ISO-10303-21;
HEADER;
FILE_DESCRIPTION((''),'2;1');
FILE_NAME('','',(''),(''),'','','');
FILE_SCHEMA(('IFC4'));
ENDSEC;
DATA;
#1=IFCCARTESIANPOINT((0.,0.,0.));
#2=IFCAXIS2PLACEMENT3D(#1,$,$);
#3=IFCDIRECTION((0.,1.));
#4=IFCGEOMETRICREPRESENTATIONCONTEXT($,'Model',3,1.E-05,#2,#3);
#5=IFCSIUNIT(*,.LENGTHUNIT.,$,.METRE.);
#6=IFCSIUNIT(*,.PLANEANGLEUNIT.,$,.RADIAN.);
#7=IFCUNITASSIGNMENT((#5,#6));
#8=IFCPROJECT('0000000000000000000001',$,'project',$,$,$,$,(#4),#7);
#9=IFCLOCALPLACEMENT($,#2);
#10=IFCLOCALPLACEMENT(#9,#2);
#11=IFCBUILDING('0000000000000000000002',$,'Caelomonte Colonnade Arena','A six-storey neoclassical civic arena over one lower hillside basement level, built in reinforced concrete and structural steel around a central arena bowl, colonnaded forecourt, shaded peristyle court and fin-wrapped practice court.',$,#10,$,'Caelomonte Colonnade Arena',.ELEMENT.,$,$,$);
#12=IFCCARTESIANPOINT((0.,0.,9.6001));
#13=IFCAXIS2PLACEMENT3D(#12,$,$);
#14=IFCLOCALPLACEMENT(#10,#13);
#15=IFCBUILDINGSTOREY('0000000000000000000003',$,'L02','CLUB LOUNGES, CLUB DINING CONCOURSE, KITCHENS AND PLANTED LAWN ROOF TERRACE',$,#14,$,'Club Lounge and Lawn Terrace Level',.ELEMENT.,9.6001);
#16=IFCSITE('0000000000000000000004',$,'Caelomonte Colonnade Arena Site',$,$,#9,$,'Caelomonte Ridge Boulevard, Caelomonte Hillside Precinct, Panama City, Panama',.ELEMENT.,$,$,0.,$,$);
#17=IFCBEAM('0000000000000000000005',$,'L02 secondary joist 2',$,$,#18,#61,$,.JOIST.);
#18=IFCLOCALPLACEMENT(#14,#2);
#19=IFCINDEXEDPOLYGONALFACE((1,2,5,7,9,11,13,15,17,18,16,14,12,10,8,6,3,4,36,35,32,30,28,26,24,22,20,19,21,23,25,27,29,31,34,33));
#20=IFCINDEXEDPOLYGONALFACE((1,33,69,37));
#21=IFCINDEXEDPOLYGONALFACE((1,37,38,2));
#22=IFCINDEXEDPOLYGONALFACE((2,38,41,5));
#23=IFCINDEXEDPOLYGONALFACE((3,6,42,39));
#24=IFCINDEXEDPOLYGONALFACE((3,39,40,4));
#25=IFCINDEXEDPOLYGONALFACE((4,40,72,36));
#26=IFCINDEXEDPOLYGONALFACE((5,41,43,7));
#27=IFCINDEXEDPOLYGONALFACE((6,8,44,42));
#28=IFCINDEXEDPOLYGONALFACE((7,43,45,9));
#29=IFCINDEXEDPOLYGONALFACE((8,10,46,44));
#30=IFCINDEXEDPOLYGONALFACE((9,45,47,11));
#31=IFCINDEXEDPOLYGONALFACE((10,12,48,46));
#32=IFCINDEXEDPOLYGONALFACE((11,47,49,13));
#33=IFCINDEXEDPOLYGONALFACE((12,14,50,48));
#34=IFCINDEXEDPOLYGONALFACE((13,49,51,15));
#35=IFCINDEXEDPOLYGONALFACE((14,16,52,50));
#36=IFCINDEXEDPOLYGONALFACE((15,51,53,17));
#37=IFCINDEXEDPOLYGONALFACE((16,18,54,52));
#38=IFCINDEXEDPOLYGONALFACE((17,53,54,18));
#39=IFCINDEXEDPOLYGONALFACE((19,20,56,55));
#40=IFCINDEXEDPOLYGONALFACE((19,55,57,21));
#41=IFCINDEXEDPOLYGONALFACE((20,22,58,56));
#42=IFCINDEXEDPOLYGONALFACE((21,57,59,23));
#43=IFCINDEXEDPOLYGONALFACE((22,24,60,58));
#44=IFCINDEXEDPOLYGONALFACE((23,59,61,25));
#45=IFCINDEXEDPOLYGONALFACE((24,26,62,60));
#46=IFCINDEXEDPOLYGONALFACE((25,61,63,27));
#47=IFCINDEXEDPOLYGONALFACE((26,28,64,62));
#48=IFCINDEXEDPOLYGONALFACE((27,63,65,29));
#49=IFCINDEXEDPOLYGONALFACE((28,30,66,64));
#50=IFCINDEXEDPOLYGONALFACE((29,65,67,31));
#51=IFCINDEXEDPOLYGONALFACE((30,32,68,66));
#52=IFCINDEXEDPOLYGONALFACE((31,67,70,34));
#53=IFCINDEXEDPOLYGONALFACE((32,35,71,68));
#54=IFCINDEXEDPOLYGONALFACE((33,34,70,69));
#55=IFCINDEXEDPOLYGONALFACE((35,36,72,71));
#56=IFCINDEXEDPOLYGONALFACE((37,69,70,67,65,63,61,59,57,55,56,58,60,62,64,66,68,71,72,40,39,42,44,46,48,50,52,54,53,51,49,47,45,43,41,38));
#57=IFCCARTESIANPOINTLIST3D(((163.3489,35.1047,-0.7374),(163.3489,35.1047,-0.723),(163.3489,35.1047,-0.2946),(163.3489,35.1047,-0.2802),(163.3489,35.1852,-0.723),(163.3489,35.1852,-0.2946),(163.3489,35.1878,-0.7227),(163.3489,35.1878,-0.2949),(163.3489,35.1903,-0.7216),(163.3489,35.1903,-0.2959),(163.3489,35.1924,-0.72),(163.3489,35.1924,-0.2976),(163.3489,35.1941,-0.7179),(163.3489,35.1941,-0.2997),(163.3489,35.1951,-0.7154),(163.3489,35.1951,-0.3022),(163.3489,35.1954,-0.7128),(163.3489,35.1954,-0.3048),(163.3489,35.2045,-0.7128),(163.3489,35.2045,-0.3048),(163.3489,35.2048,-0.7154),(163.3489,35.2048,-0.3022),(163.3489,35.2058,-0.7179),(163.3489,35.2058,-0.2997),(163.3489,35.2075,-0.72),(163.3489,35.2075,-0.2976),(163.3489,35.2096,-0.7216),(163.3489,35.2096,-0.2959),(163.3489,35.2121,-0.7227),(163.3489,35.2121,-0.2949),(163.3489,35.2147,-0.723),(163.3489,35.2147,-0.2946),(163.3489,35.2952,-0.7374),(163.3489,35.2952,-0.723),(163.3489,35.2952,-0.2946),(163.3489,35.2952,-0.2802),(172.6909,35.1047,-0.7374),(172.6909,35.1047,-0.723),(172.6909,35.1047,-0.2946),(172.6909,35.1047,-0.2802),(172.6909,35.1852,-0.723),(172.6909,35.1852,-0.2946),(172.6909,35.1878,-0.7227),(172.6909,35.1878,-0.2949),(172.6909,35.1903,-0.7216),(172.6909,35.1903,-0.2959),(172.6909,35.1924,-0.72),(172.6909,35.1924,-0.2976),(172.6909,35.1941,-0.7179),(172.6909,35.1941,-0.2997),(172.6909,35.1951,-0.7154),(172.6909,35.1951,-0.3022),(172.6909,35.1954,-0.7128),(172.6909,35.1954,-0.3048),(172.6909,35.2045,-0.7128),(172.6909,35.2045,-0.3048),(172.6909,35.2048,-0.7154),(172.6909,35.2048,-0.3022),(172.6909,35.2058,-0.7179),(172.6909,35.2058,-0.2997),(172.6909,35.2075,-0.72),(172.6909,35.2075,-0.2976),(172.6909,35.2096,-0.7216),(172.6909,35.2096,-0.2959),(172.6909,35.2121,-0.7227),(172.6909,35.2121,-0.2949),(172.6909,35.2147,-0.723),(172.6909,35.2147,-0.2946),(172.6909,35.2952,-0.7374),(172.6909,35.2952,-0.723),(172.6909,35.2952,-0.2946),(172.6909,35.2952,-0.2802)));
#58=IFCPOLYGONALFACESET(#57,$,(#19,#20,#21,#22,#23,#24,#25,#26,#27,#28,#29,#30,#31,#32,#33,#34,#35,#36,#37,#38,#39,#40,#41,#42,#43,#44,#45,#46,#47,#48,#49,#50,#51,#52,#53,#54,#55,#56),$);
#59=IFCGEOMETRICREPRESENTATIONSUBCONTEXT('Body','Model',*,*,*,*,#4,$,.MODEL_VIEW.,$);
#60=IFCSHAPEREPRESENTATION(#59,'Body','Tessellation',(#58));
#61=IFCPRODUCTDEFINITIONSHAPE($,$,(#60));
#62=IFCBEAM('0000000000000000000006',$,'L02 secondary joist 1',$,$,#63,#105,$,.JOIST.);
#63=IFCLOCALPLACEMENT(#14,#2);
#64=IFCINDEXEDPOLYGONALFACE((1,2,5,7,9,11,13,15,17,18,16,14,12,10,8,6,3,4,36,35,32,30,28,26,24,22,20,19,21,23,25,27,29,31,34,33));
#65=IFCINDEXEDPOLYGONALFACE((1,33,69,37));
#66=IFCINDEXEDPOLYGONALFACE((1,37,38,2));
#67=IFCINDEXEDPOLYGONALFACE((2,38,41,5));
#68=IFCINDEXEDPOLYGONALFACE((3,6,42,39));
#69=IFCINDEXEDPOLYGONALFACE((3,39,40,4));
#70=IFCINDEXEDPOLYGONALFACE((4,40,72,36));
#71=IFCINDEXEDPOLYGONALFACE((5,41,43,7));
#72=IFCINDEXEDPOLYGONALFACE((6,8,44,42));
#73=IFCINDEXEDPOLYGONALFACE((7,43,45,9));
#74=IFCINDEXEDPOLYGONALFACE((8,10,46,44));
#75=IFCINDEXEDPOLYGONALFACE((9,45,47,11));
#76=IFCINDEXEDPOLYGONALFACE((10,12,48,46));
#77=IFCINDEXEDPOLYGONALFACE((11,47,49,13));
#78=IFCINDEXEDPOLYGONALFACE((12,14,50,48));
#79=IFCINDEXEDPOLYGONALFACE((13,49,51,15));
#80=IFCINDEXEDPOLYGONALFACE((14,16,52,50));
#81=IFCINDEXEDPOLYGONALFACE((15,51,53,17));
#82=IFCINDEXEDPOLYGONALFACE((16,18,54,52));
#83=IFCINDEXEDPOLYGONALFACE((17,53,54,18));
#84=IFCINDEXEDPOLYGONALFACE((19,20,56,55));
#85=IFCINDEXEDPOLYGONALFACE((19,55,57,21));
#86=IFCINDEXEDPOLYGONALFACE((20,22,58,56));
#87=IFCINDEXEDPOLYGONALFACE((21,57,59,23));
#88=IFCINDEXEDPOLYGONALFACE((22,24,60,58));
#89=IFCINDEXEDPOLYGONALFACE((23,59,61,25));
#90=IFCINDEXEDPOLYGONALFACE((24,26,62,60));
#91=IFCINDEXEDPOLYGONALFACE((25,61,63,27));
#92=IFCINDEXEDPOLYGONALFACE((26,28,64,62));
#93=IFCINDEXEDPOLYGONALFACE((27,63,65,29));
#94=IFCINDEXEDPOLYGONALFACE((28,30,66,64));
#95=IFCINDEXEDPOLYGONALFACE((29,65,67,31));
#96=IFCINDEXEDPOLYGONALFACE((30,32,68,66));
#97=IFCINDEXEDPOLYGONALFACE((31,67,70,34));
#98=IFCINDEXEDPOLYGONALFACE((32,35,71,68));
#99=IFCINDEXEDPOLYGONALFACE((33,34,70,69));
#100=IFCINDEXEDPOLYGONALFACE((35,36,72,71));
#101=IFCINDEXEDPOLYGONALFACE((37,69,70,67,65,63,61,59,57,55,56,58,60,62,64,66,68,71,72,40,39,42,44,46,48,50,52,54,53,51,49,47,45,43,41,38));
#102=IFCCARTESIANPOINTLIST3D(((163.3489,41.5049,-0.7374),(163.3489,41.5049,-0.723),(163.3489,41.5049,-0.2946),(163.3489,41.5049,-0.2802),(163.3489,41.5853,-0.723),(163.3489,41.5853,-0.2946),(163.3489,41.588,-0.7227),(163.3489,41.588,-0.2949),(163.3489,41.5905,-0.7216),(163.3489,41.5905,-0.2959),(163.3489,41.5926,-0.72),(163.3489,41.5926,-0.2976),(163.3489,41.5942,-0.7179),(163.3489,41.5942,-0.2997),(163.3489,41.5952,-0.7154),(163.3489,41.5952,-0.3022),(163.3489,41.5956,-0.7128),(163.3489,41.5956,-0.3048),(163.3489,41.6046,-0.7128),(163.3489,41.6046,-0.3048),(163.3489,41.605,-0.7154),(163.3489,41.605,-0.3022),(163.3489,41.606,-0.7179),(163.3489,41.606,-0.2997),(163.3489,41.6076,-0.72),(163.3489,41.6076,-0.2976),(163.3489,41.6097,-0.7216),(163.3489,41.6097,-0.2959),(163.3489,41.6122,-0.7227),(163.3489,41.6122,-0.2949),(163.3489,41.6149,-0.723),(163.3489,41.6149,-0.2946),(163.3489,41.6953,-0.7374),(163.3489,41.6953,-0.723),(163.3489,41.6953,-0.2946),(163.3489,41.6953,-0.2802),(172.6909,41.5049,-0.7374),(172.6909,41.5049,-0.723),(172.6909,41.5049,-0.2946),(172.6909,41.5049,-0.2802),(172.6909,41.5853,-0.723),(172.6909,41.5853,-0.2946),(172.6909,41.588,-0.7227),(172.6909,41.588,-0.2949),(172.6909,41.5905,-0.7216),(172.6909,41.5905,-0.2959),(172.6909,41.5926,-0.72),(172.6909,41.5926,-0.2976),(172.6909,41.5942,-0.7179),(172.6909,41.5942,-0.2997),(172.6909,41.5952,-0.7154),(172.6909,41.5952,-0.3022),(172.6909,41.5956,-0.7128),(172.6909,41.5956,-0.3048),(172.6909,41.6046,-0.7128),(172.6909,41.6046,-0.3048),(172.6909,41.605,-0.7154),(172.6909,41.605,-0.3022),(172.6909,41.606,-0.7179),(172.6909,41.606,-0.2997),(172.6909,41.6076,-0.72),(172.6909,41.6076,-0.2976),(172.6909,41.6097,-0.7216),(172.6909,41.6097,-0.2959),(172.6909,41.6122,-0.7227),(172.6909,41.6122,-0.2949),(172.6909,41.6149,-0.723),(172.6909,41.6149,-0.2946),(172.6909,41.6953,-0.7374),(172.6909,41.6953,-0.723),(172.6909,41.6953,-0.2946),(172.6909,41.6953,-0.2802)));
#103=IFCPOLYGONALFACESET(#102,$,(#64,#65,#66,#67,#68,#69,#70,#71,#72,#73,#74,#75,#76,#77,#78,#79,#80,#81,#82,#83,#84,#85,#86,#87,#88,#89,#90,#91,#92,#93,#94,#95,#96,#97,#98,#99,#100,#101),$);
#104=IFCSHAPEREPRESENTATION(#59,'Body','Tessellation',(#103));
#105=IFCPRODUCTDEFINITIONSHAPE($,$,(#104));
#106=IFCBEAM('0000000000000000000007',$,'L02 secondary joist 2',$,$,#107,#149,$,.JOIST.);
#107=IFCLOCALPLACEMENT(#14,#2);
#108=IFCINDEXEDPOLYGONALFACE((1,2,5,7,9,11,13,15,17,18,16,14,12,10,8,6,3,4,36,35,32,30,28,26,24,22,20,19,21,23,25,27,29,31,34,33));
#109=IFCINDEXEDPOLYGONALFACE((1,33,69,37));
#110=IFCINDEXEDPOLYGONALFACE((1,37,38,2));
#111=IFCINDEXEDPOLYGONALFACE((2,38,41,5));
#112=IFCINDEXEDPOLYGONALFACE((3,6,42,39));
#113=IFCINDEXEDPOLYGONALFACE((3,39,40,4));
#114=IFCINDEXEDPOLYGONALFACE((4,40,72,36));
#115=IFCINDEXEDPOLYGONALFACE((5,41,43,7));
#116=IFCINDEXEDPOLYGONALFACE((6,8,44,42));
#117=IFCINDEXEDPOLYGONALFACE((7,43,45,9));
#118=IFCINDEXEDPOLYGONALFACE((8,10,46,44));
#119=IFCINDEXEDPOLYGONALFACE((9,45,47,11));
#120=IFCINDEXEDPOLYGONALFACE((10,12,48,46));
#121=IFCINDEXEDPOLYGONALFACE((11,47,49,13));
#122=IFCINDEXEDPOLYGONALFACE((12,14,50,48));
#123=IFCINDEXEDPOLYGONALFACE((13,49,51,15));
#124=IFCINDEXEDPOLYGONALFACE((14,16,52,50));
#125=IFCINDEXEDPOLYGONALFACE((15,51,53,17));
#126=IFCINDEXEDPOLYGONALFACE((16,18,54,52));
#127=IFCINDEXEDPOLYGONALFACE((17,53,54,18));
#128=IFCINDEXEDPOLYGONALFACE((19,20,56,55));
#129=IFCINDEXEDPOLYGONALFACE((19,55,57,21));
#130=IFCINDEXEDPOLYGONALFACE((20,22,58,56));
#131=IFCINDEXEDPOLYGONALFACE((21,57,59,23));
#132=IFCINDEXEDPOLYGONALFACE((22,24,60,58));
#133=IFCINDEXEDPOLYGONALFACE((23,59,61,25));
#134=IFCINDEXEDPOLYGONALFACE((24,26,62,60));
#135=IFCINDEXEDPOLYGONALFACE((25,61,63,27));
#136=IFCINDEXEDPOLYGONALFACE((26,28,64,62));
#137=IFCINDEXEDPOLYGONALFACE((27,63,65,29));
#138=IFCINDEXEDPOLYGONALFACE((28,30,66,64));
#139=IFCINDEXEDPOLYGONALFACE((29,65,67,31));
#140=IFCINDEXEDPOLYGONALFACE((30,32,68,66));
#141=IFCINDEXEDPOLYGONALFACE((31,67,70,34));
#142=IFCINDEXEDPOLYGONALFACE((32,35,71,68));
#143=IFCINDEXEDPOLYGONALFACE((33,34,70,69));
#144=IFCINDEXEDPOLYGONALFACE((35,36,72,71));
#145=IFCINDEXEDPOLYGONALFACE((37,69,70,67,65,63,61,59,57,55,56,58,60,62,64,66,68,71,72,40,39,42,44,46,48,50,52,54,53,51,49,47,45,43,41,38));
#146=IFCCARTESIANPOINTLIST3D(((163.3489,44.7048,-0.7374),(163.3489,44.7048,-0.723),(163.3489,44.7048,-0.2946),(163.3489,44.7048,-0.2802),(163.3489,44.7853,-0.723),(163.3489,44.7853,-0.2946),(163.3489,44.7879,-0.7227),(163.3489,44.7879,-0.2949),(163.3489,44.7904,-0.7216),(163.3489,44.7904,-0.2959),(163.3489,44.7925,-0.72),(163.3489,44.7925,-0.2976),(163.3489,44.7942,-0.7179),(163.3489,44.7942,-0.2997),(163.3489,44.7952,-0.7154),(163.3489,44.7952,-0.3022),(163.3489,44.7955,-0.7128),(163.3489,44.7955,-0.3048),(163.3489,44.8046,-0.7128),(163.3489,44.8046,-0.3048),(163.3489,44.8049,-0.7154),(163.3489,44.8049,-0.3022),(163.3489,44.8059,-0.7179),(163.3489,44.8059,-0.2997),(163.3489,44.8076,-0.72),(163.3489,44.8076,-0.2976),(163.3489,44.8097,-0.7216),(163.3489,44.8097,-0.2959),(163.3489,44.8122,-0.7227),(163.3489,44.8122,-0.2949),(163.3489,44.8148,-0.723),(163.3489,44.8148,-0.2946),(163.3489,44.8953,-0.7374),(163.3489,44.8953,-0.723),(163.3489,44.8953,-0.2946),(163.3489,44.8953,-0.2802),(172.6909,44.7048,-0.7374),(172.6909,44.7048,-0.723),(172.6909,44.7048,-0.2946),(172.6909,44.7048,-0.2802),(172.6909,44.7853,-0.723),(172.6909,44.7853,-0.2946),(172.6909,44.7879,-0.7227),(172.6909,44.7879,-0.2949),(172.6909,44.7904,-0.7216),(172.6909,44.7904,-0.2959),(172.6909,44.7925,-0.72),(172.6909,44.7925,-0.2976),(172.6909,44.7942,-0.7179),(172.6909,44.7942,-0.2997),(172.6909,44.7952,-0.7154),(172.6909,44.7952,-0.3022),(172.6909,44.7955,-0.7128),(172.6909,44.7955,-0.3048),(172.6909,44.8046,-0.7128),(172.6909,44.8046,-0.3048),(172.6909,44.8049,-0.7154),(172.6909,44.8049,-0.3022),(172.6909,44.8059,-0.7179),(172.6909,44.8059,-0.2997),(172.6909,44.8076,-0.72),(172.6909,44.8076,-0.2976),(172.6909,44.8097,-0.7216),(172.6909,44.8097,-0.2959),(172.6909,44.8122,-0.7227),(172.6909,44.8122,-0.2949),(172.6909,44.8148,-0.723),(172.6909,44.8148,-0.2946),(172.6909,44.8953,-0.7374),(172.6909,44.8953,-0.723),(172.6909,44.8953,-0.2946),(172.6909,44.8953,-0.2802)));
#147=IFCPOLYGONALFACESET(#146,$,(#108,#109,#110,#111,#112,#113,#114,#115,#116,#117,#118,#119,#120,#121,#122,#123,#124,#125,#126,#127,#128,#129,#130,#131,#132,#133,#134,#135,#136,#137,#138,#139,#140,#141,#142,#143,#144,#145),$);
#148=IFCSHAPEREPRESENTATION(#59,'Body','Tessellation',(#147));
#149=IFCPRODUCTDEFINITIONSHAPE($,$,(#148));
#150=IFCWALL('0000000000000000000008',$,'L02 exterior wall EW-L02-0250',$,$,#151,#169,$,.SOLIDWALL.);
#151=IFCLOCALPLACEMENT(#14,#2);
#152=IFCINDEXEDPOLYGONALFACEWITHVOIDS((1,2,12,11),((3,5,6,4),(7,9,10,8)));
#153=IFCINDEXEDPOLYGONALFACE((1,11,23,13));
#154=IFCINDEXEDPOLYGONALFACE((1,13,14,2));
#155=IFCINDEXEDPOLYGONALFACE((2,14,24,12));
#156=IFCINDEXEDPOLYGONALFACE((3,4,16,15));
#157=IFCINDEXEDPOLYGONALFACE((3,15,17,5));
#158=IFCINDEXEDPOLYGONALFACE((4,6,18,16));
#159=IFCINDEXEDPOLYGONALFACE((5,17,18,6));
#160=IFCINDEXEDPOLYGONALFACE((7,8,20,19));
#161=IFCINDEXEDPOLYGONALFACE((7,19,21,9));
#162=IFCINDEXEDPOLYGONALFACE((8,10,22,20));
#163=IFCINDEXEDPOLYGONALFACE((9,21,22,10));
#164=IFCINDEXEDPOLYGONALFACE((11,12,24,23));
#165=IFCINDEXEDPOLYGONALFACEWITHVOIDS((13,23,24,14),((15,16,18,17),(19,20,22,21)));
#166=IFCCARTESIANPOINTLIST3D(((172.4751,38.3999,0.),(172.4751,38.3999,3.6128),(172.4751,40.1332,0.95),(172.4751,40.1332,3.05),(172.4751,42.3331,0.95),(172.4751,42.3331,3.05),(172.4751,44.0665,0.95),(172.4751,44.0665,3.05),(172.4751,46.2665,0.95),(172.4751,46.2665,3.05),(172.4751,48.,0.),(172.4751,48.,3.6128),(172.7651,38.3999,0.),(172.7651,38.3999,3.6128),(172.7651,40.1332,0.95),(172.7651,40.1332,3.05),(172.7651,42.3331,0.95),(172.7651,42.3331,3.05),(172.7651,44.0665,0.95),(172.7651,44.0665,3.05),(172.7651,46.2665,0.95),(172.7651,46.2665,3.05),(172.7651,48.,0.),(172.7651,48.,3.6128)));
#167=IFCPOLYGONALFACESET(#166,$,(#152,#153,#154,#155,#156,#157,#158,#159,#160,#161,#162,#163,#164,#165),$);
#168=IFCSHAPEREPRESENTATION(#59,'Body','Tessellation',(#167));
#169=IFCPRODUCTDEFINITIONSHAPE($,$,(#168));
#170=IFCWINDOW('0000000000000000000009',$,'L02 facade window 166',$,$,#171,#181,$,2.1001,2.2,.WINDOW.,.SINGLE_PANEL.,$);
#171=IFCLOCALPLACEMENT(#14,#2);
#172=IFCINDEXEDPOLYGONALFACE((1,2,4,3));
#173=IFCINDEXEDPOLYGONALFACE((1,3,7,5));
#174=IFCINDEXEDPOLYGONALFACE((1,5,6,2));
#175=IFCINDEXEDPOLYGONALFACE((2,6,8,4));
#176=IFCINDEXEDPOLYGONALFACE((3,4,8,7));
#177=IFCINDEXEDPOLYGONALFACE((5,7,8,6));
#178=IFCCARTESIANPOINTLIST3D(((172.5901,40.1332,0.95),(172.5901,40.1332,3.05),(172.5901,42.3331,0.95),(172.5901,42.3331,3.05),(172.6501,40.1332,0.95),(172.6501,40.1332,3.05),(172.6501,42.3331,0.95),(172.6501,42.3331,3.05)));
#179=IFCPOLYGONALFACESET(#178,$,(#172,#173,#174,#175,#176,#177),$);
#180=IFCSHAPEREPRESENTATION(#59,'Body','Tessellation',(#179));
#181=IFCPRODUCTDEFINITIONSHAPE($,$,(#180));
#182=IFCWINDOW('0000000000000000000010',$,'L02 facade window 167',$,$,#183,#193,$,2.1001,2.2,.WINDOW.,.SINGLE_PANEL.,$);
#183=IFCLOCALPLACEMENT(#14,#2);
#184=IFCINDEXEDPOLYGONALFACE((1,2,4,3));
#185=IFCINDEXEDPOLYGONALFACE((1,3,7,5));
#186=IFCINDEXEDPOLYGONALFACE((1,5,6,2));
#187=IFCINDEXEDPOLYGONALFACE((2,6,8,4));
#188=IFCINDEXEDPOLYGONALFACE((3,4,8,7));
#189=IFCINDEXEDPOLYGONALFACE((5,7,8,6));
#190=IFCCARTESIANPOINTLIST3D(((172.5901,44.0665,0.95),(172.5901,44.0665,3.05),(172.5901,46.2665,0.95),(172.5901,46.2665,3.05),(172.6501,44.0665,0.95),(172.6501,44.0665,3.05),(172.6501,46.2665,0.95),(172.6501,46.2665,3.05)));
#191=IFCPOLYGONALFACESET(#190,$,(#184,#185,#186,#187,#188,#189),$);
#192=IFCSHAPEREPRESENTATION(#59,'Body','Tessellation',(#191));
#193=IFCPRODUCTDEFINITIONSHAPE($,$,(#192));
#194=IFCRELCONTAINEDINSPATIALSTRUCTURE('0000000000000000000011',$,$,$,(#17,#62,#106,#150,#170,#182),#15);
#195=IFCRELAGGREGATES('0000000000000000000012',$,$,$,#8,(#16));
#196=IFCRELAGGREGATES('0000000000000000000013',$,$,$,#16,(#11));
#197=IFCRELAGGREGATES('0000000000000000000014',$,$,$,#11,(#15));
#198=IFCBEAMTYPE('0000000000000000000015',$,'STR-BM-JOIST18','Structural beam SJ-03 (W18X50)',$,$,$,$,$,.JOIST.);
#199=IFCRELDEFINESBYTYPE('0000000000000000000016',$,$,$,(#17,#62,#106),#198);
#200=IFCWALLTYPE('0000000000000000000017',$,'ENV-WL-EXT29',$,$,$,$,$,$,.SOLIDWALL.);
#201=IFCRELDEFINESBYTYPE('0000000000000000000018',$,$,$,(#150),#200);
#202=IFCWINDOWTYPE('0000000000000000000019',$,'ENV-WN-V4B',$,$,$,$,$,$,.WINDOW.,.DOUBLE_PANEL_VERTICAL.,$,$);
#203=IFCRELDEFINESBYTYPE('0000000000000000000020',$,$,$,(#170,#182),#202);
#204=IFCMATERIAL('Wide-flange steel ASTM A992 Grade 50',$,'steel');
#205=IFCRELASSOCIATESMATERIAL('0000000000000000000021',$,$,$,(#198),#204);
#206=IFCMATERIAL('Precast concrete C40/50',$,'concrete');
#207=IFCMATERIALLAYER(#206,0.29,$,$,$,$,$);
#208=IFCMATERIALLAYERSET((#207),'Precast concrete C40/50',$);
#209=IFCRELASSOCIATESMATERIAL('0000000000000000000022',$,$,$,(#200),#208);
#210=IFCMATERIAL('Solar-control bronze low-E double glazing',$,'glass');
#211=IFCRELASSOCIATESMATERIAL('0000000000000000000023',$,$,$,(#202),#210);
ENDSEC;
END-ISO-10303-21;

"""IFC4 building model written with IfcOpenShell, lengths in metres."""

from ifc_helpers import new_model, si_unit, direction, frame, frame_2d, origin, origin_2d, place, context, subcontext, project, spatial, rectangle, i_section, extrude, material, layer, layer_set, material_profile, profile_set, type_object, element, fill, save


model = new_model("IFC4")

# Units and contexts
model_context = context("Model", 3, precision=1e-05, world=origin(), true_north=direction((0.0, 1.0)))
body_context = subcontext(model_context, "Body", "Model", "MODEL_VIEW")
ifc_project = project(units=[si_unit("LENGTHUNIT", "METRE"), si_unit("PLANEANGLEUNIT", "RADIAN")], contexts=[model_context])

# Site, building, storey
site_placement = place(None, origin())
site = spatial("IfcSite", under=ifc_project, at=site_placement, Name="Caelomonte Colonnade Arena Site", LongName="Caelomonte Ridge Boulevard, Caelomonte Hillside Precinct, Panama City, Panama", CompositionType="ELEMENT", RefElevation=0.0)
building_placement = place(site_placement, origin())
building = spatial("IfcBuilding", under=site, at=building_placement, Name="Caelomonte Colonnade Arena", Description="A six-storey neoclassical civic arena over one lower hillside basement level, built in reinforced concrete and structural steel around a central arena bowl, colonnaded forecourt, shaded peristyle court and fin-wrapped practice court.", LongName="Caelomonte Colonnade Arena", CompositionType="ELEMENT")
storey_placement = place(building_placement, frame((0.0, 0.0, 9.6001)))
storey = spatial("IfcBuildingStorey", under=building, at=storey_placement, Name="L02", Description="CLUB LOUNGES, CLUB DINING CONCOURSE, KITCHENS AND PLANTED LAWN ROOF TERRACE", LongName="Club Lounge and Lawn Terrace Level", CompositionType="ELEMENT", Elevation=9.6001)

# Shared definitions
ifc_material_1 = material(Name="Wide-flange steel ASTM A992 Grade 50", Category="steel")

# Beams
ifc_material_profile_1 = material_profile(ifc_material_1, i_section(OverallWidth=0.1904, OverallDepth=0.4573, WebThickness=0.009, FlangeThickness=0.0144, FilletRadius=0.0103, at=origin_2d()), Name="W18X50")
ifc_profile_set_1 = profile_set([ifc_material_profile_1], Name="Wide-flange steel ASTM A992 Grade 50")
beam_type_1 = type_object("IfcBeamType", Name="STR-BM-JOIST18", Description="Structural beam SJ-03 (W18X50)", PredefinedType="JOIST", material=ifc_profile_set_1)
for number, where, z_axis, x_axis, name in (
    (1, (163.3489, 35.2, -0.5088), (1.0, 0.0, 0.0), (0.0, 1.0, 0.0), "L02 secondary joist 2"),
    (2, (163.3489, 41.6001, -0.5088), (1.0, 0.0, 0.0), (0.0, 1.0, 0.0), "L02 secondary joist 1"),
    (3, (163.3489, 44.8, -0.5088), (1.0, 0.0, 0.0), (0.0, 1.0, 0.0), "L02 secondary joist 2"),
):
    element("IfcBeam", number, at=place(storey_placement, frame(where, z_axis=z_axis, x_axis=x_axis)), inside=storey, type_object=beam_type_1, Name=name, PredefinedType="JOIST", context=body_context, shape_type="SweptSolid", body=[
        extrude(i_section(OverallWidth=0.1904, OverallDepth=0.4573, WebThickness=0.009, FlangeThickness=0.0144, FilletRadius=0.0103, at=origin_2d()), origin(), (0.0, 0.0, 1.0), 9.342),
    ])

# Wall, openings, windows
ifc_material_2 = material(Name="Precast concrete C40/50", Category="concrete")
ifc_layer_1 = layer(ifc_material_2, 0.29)
ifc_layer_set_1 = layer_set([ifc_layer_1], Name="Precast concrete C40/50")
wall_type_1 = type_object("IfcWallType", Name="ENV-WL-EXT29", PredefinedType="SOLIDWALL", material=ifc_layer_set_1)
wall_1_placement = place(storey_placement, frame((172.6201, 38.3999, 0.0), z_axis=(0.0, 0.0, 1.0), x_axis=(0.0, 1.0, 0.0)))
wall_1 = element("IfcWall", 4, at=wall_1_placement, inside=storey, type_object=wall_type_1, Name="L02 exterior wall EW-L02-0250", PredefinedType="SOLIDWALL", context=body_context, shape_type="SweptSolid", body=[
    extrude(rectangle(XDim=9.6001, YDim=0.29, at=frame_2d((4.8, 0.0))), origin(), (0.0, 0.0, 1.0), 3.6128),
])
opening_1_placement = place(wall_1_placement, frame((3.9333, 0.0, 0.95), z_axis=(0.0, 0.0, 1.0), x_axis=(-1.0, 0.0, 0.0)))
opening_1 = element("IfcOpeningElement", 5, at=opening_1_placement, cuts=wall_1, PredefinedType="OPENING", context=body_context, shape_type="SweptSolid", body=[
    extrude(rectangle(XDim=2.2, YDim=2.1001, at=frame_2d((1.1001, 1.05))), frame((0.0, 0.155, 0.0), z_axis=(0.0, -1.0, 0.0), x_axis=(1.0, 0.0, 0.0)), (0.0, 0.0, 1.0), 0.3101),
])
opening_2_placement = place(wall_1_placement, frame((7.8667, 0.0, 0.95), z_axis=(0.0, 0.0, 1.0), x_axis=(-1.0, 0.0, 0.0)))
opening_2 = element("IfcOpeningElement", 6, at=opening_2_placement, cuts=wall_1, PredefinedType="OPENING", context=body_context, shape_type="SweptSolid", body=[
    extrude(rectangle(XDim=2.2, YDim=2.1001, at=frame_2d((1.1001, 1.05))), frame((0.0, 0.155, 0.0), z_axis=(0.0, -1.0, 0.0), x_axis=(1.0, 0.0, 0.0)), (0.0, 0.0, 1.0), 0.3101),
])
ifc_material_3 = material(Name="Solar-control bronze low-E double glazing", Category="glass")
window_type = type_object("IfcWindowType", Name="ENV-WN-V4B", PartitioningType="DOUBLE_PANEL_VERTICAL", PredefinedType="WINDOW", material=ifc_material_3)
window_1_placement = place(opening_1_placement, origin())
window_1 = element("IfcWindow", 7, at=window_1_placement, inside=storey, type_object=window_type, Name="L02 facade window 166", OverallHeight=2.1001, OverallWidth=2.2, PartitioningType="SINGLE_PANEL", PredefinedType="WINDOW", context=body_context, shape_type="SweptSolid", body=[
    extrude(rectangle(XDim=2.2, YDim=2.1001, at=frame_2d((1.1001, 1.05))), frame((0.0, 0.03, 0.0), z_axis=(0.0, -1.0, 0.0), x_axis=(1.0, 0.0, 0.0)), (0.0, 0.0, 1.0), 0.0601),
])
fill(opening_1, window_1)
window_2_placement = place(opening_2_placement, origin())
window_2 = element("IfcWindow", 8, at=window_2_placement, inside=storey, type_object=window_type, Name="L02 facade window 167", OverallHeight=2.1001, OverallWidth=2.2, PartitioningType="SINGLE_PANEL", PredefinedType="WINDOW", context=body_context, shape_type="SweptSolid", body=[
    extrude(rectangle(XDim=2.2, YDim=2.1001, at=frame_2d((1.1001, 1.05))), frame((0.0, 0.03, 0.0), z_axis=(0.0, -1.0, 0.0), x_axis=(1.0, 0.0, 0.0)), (0.0, 0.0, 1.0), 0.0601),
])
fill(opening_2, window_2)

save(model, "model.ifc")
